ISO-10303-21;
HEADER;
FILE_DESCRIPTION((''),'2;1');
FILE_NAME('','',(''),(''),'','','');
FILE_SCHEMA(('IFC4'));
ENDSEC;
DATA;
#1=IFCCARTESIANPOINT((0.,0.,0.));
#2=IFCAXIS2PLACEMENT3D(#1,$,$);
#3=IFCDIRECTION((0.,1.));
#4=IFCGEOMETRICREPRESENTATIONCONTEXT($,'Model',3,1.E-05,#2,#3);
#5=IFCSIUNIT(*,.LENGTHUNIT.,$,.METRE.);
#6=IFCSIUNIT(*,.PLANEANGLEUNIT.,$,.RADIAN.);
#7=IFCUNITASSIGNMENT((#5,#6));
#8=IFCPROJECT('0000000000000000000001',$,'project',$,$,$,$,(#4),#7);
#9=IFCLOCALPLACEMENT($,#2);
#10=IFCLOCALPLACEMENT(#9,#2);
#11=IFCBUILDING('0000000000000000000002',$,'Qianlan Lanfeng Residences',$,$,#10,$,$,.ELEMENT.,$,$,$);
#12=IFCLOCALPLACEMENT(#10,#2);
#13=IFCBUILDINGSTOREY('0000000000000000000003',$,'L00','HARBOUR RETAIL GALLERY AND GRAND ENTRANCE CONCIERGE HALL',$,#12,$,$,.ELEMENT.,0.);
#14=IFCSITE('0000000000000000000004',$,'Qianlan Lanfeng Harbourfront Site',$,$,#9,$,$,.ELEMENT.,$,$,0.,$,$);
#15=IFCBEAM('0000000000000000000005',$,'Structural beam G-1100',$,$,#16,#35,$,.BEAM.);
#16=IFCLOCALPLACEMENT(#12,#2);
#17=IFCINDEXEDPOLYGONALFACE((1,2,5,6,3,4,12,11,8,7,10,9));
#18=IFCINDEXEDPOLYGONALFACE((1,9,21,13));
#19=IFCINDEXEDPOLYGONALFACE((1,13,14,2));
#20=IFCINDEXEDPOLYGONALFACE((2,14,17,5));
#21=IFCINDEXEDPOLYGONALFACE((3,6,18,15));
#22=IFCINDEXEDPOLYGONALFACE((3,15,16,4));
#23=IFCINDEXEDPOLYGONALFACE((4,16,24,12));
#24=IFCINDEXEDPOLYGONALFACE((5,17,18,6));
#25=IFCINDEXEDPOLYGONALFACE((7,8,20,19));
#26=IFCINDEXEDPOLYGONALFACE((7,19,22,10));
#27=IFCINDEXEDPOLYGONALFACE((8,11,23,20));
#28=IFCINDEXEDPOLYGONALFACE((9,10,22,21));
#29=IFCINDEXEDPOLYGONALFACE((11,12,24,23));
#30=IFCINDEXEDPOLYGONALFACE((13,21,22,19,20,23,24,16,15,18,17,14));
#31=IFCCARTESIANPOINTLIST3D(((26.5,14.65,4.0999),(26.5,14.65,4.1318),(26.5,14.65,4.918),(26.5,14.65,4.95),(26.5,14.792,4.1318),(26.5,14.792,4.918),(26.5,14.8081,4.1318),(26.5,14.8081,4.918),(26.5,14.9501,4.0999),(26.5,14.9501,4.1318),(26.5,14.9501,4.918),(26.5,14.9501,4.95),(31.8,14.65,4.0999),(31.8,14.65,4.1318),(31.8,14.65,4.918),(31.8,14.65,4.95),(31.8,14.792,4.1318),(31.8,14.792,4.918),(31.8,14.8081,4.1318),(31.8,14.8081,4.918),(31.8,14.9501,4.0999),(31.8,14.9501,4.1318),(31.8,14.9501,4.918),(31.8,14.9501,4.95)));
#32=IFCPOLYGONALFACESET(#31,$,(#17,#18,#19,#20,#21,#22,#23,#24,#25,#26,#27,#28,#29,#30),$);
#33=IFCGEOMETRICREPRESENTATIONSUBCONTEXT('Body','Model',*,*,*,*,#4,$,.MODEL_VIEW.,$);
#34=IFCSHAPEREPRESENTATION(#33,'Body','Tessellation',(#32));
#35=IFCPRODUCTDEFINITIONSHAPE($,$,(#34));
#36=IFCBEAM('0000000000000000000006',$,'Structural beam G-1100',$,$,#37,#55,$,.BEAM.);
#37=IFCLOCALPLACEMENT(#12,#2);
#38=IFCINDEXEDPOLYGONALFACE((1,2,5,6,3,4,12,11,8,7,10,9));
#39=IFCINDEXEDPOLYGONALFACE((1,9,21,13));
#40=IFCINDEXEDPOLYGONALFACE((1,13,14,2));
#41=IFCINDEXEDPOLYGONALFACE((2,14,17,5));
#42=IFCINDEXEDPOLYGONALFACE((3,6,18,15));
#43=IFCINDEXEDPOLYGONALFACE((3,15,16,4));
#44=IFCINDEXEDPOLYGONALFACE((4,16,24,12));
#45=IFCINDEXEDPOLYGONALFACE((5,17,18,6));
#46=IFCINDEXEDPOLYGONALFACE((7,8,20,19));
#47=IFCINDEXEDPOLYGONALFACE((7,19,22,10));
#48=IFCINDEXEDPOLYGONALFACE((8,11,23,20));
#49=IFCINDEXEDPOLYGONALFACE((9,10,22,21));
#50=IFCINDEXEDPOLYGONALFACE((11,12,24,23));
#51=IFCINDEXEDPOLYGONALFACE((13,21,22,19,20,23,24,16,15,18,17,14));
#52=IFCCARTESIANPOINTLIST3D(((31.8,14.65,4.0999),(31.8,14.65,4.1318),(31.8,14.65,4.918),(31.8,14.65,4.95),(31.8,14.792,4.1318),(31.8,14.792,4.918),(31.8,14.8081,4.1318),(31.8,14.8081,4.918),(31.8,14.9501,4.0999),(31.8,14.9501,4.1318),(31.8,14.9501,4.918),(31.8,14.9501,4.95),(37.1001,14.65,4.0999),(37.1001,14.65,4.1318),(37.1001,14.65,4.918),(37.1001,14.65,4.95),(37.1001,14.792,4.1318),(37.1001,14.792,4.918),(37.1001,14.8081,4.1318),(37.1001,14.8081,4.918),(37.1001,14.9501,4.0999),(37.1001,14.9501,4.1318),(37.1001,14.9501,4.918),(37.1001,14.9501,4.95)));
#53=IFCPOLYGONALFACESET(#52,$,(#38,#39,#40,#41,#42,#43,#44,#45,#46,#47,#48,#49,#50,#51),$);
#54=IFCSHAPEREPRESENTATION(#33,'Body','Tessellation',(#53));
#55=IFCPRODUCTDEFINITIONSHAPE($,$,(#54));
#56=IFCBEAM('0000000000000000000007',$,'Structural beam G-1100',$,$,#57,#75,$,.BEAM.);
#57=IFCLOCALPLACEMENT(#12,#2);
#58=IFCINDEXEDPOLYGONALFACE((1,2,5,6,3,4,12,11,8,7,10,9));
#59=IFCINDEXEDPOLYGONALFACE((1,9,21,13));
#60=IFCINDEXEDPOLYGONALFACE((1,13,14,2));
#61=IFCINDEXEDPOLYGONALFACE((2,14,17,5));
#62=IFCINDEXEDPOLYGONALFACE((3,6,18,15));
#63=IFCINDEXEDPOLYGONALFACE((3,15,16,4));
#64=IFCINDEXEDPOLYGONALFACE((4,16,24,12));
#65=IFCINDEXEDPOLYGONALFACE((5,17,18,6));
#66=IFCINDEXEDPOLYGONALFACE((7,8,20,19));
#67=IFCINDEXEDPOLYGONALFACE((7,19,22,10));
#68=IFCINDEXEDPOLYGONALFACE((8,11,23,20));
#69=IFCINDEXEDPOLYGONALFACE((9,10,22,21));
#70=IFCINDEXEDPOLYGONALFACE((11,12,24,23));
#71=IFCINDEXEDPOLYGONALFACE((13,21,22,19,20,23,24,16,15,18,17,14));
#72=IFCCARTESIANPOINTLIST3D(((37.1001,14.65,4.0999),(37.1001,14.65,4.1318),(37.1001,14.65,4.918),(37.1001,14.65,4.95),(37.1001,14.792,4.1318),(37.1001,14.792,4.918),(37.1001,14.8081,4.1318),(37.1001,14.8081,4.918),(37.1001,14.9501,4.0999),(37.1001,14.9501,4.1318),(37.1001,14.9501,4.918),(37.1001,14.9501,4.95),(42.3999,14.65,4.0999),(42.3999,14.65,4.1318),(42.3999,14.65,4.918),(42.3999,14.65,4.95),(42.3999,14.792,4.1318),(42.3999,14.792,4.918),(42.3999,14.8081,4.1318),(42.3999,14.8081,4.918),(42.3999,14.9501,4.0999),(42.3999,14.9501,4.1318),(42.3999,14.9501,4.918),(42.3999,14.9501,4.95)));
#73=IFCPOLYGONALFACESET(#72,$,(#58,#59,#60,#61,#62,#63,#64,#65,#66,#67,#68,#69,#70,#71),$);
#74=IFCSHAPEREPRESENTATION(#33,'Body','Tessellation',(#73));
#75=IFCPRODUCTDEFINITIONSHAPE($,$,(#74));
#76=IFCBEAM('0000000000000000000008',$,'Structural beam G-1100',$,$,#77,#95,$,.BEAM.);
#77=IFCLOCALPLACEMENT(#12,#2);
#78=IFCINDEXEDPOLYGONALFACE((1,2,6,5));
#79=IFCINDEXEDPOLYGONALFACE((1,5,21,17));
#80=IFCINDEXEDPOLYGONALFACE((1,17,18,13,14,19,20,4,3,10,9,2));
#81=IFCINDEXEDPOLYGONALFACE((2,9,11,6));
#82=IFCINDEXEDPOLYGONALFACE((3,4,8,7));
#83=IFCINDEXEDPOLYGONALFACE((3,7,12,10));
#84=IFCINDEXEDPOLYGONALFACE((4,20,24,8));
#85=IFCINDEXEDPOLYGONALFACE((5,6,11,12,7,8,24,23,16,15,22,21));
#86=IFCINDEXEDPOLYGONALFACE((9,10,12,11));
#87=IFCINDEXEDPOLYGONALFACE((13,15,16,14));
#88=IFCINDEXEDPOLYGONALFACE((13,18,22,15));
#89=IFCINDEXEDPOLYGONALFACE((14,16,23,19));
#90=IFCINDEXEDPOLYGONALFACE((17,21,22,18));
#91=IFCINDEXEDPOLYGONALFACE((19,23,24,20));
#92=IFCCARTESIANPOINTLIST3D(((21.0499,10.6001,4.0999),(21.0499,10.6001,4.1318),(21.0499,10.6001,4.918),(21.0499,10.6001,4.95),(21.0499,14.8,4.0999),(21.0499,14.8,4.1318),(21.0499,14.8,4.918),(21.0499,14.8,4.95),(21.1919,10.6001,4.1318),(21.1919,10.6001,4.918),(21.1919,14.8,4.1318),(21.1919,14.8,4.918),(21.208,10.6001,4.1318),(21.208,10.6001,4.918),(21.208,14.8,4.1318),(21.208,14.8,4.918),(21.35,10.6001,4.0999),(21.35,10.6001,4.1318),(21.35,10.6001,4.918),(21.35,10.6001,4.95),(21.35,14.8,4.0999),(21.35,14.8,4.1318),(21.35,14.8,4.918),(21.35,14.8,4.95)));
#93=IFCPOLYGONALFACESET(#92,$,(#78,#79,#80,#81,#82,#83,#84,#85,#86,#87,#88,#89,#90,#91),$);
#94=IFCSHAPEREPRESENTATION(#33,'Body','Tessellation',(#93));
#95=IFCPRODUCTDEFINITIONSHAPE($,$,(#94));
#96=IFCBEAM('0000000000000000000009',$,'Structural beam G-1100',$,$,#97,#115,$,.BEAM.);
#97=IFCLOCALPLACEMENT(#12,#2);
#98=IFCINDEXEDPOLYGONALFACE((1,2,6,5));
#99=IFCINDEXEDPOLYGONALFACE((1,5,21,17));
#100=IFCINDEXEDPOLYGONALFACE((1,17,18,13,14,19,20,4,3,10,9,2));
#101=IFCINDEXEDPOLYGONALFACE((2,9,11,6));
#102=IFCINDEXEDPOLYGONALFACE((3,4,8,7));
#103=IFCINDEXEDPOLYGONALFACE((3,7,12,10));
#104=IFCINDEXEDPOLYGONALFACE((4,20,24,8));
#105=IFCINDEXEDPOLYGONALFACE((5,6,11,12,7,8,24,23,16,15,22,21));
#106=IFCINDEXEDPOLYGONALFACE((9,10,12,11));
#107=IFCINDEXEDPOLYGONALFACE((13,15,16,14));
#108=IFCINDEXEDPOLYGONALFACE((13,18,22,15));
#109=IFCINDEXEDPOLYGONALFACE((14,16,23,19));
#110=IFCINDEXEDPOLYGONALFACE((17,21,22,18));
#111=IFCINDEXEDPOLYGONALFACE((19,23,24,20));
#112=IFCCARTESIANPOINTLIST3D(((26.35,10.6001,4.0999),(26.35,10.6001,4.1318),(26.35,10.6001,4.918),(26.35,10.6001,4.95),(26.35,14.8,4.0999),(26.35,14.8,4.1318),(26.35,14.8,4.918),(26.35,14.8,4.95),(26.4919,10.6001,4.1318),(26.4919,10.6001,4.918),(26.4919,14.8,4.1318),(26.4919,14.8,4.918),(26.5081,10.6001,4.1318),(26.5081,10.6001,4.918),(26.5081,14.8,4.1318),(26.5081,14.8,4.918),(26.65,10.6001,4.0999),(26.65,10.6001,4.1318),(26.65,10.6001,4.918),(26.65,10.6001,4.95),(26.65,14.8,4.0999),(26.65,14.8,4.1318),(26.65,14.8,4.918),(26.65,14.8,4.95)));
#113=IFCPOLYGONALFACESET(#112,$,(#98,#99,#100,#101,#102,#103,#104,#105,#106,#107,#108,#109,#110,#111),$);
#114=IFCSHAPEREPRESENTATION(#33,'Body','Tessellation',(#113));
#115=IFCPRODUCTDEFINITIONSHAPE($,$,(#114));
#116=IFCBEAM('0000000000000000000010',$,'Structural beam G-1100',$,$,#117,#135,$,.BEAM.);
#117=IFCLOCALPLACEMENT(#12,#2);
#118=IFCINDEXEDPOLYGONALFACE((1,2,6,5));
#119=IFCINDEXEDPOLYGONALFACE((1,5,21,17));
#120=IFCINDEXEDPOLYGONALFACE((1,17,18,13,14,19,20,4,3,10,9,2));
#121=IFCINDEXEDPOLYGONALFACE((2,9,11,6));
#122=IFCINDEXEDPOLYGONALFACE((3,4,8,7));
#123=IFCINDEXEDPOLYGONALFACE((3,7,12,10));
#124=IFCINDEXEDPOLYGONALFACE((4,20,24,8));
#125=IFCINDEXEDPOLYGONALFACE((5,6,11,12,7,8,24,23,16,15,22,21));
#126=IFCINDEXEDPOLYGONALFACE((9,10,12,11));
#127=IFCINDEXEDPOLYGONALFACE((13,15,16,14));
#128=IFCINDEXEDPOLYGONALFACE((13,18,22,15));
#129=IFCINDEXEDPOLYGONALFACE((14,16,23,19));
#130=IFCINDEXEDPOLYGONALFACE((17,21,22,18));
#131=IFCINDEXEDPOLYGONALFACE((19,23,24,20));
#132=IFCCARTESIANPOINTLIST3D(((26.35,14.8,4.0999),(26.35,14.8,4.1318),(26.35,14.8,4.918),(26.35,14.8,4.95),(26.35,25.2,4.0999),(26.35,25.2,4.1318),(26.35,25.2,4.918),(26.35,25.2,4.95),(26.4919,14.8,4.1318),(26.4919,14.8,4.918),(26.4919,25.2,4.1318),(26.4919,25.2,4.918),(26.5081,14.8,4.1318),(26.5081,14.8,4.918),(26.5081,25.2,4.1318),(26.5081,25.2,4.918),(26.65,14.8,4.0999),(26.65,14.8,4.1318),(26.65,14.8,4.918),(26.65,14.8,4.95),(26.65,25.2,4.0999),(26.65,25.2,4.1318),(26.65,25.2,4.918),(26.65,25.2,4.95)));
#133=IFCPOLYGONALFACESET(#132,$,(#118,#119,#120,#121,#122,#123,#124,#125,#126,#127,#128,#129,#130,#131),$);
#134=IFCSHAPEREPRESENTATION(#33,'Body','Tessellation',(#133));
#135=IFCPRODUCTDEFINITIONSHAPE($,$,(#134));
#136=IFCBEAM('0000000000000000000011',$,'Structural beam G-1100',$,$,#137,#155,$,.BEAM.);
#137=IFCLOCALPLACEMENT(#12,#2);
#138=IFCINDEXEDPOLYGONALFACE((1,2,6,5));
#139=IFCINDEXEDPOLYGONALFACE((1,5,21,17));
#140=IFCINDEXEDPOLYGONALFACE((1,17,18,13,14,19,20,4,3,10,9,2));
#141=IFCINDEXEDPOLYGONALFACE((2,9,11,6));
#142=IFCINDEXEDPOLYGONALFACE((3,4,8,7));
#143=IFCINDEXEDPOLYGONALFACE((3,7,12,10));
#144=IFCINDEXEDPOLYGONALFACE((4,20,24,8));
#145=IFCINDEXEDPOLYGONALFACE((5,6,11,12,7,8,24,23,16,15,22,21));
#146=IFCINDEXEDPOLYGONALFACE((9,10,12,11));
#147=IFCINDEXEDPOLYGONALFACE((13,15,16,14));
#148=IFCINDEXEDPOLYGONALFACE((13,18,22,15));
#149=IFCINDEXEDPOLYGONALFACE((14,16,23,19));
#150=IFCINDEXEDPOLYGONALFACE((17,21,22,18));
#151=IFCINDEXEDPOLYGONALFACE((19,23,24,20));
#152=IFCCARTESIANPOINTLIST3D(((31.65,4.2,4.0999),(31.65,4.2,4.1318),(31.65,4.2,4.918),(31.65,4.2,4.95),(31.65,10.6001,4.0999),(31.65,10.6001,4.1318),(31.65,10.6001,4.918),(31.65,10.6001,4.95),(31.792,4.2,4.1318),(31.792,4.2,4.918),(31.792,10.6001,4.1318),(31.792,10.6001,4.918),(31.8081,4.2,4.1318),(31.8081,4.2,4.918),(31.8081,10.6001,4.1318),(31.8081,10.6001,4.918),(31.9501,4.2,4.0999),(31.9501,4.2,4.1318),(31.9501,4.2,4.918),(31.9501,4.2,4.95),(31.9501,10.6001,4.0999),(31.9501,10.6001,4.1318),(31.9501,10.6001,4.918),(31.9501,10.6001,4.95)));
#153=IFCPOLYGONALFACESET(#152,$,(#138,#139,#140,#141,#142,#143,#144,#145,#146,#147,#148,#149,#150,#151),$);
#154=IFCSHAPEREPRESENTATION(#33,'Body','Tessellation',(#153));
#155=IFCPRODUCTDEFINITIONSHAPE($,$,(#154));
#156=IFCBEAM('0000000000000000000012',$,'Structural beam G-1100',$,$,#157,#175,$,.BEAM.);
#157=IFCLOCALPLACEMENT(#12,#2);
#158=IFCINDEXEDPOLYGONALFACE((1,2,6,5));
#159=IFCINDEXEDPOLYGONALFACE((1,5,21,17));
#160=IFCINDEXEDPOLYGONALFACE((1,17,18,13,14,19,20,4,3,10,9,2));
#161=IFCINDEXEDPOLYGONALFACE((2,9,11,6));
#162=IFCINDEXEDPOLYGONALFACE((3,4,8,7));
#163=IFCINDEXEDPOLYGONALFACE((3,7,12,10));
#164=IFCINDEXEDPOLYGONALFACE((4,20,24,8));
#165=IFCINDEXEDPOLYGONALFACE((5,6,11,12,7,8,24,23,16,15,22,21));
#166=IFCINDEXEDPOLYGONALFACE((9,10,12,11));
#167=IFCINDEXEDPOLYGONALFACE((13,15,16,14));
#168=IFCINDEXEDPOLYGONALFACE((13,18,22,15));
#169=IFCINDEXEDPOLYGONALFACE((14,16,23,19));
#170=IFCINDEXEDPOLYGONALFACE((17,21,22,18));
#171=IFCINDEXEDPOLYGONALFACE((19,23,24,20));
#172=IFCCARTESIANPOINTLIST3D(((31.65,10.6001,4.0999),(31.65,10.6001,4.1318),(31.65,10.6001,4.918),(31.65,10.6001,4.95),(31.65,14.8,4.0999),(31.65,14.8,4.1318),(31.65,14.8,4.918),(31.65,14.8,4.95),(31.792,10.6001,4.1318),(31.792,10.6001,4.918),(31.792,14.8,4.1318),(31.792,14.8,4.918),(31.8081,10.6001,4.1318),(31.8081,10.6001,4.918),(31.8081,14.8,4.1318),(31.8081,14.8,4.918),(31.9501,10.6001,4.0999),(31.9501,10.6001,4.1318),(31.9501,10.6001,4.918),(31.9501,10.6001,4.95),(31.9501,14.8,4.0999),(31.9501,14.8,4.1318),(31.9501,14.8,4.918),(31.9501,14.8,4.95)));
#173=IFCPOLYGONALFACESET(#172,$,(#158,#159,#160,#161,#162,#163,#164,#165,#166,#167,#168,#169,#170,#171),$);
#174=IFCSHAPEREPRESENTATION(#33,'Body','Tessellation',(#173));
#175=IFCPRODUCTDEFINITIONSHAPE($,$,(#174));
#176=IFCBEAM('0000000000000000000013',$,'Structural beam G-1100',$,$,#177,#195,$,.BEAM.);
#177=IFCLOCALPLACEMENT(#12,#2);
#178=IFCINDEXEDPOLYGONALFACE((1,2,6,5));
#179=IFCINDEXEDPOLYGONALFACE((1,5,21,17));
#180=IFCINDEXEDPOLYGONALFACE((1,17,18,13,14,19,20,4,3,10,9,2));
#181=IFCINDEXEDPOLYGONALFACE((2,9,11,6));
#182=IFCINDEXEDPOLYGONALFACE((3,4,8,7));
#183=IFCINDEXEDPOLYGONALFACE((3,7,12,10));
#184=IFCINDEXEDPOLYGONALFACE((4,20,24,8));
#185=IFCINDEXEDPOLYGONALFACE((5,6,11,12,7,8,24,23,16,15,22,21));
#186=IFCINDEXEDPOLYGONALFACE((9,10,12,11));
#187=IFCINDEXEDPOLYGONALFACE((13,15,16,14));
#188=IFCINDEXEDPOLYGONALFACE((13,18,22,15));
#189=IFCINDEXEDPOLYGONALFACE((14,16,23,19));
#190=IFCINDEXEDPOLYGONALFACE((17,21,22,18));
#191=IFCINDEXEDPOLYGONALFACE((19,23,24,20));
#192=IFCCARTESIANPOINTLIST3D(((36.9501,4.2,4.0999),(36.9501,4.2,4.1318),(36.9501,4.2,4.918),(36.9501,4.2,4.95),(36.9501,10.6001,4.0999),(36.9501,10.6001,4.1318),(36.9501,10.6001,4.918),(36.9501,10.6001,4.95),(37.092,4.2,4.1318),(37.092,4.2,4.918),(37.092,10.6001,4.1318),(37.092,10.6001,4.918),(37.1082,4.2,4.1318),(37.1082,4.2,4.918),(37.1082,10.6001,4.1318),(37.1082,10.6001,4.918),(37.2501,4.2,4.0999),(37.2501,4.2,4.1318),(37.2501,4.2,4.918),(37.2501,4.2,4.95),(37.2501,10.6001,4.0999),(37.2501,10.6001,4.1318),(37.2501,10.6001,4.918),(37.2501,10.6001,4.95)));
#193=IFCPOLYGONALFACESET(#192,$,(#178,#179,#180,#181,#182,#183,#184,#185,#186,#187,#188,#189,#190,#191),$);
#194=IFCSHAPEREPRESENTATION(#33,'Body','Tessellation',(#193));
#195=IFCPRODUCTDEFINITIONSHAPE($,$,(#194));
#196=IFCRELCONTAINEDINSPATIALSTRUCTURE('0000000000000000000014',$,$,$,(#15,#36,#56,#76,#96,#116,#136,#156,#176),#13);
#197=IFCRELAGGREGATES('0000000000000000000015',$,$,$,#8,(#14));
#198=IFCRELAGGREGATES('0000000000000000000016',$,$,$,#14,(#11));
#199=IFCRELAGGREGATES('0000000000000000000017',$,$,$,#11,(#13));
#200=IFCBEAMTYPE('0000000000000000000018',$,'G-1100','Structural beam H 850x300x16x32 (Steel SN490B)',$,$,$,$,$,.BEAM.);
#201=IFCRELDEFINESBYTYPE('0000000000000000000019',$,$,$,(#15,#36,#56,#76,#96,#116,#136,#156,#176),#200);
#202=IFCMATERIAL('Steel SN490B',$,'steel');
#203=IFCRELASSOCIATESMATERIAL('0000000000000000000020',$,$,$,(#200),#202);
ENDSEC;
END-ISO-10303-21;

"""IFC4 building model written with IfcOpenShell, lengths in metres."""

from ifc_helpers import new_model, si_unit, direction, frame, origin, origin_2d, place, context, subcontext, project, spatial, i_section, extrude, material, material_profile, profile_set, type_object, element, save


model = new_model("IFC4")

# Units and contexts
model_context = context("Model", 3, precision=1e-05, world=origin(), true_north=direction((0.0, 1.0)))
body_context = subcontext(model_context, "Body", "Model", "MODEL_VIEW")
ifc_project = project(units=[si_unit("LENGTHUNIT", "METRE"), si_unit("PLANEANGLEUNIT", "RADIAN")], contexts=[model_context])

# Site, building, storey
site_placement = place(None, origin())
site = spatial("IfcSite", under=ifc_project, at=site_placement, Name="Qianlan Lanfeng Harbourfront Site", CompositionType="ELEMENT", RefElevation=0.0)
building_placement = place(site_placement, origin())
building = spatial("IfcBuilding", under=site, at=building_placement, Name="Qianlan Lanfeng Residences", CompositionType="ELEMENT")
storey_placement = place(building_placement, origin())
storey = spatial("IfcBuildingStorey", under=building, at=storey_placement, Name="L00", Description="HARBOUR RETAIL GALLERY AND GRAND ENTRANCE CONCIERGE HALL", CompositionType="ELEMENT", Elevation=0.0)

# Beams
ifc_material_1 = material(Name="Steel SN490B", Category="steel")
ifc_material_profile_1 = material_profile(ifc_material_1, i_section(OverallWidth=0.3, OverallDepth=0.8501, WebThickness=0.0161, FlangeThickness=0.032, at=origin_2d()), Name="H 850x300x16x32")
ifc_profile_set_1 = profile_set([ifc_material_profile_1], Name="Steel SN490B")
beam_type_1 = type_object("IfcBeamType", Name="G-1100", Description="Structural beam H 850x300x16x32 (Steel SN490B)", PredefinedType="BEAM", material=ifc_profile_set_1)
for number, where, z_axis, x_axis, name in (
    (1, (26.5, 14.8, 4.5249), (1.0, 0.0, 0.0), (0.0, 1.0, 0.0), "Structural beam G-1100"),
    (2, (31.8, 14.8, 4.5249), (1.0, 0.0, 0.0), (0.0, 1.0, 0.0), "Structural beam G-1100"),
):
    element("IfcBeam", number, at=place(storey_placement, frame(where, z_axis=z_axis, x_axis=x_axis)), inside=storey, type_object=beam_type_1, Name=name, PredefinedType="BEAM", context=body_context, shape_type="SweptSolid", body=[
        extrude(i_section(OverallWidth=0.3, OverallDepth=0.8501, WebThickness=0.0161, FlangeThickness=0.032, at=origin_2d()), origin(), (0.0, 0.0, 1.0), 5.3),
    ])
beam_1_placement = place(storey_placement, frame((37.1001, 14.8, 4.5249), z_axis=(1.0, 0.0, 0.0), x_axis=(0.0, 1.0, 0.0)))
element("IfcBeam", 3, at=beam_1_placement, inside=storey, type_object=beam_type_1, Name="Structural beam G-1100", PredefinedType="BEAM", context=body_context, shape_type="SweptSolid", body=[
    extrude(i_section(OverallWidth=0.3, OverallDepth=0.8501, WebThickness=0.0161, FlangeThickness=0.032, at=origin_2d()), origin(), (0.0, 0.0, 1.0), 5.2998),
])
for number, where, z_axis, x_axis, name in (
    (4, (21.2, 10.6001, 4.5249), (0.0, 1.0, 0.0), (-1.0, 0.0, 0.0), "Structural beam G-1100"),
    (5, (26.5, 10.6001, 4.5249), (0.0, 1.0, 0.0), (-1.0, 0.0, 0.0), "Structural beam G-1100"),
):
    element("IfcBeam", number, at=place(storey_placement, frame(where, z_axis=z_axis, x_axis=x_axis)), inside=storey, type_object=beam_type_1, Name=name, PredefinedType="BEAM", context=body_context, shape_type="SweptSolid", body=[
        extrude(i_section(OverallWidth=0.3, OverallDepth=0.8501, WebThickness=0.0161, FlangeThickness=0.032, at=origin_2d()), origin(), (0.0, 0.0, 1.0), 4.2),
    ])
beam_2_placement = place(storey_placement, frame((26.5, 14.8, 4.5249), z_axis=(0.0, 1.0, 0.0), x_axis=(-1.0, 0.0, 0.0)))
element("IfcBeam", 6, at=beam_2_placement, inside=storey, type_object=beam_type_1, Name="Structural beam G-1100", PredefinedType="BEAM", context=body_context, shape_type="SweptSolid", body=[
    extrude(i_section(OverallWidth=0.3, OverallDepth=0.8501, WebThickness=0.0161, FlangeThickness=0.032, at=origin_2d()), origin(), (0.0, 0.0, 1.0), 10.3999),
])
beam_3_placement = place(storey_placement, frame((31.8, 4.2, 4.5249), z_axis=(0.0, 1.0, 0.0), x_axis=(-1.0, 0.0, 0.0)))
element("IfcBeam", 7, at=beam_3_placement, inside=storey, type_object=beam_type_1, Name="Structural beam G-1100", PredefinedType="BEAM", context=body_context, shape_type="SweptSolid", body=[
    extrude(i_section(OverallWidth=0.3, OverallDepth=0.8501, WebThickness=0.0161, FlangeThickness=0.032, at=origin_2d()), origin(), (0.0, 0.0, 1.0), 6.4001),
])
beam_4_placement = place(storey_placement, frame((31.8, 10.6001, 4.5249), z_axis=(0.0, 1.0, 0.0), x_axis=(-1.0, 0.0, 0.0)))
element("IfcBeam", 8, at=beam_4_placement, inside=storey, type_object=beam_type_1, Name="Structural beam G-1100", PredefinedType="BEAM", context=body_context, shape_type="SweptSolid", body=[
    extrude(i_section(OverallWidth=0.3, OverallDepth=0.8501, WebThickness=0.0161, FlangeThickness=0.032, at=origin_2d()), origin(), (0.0, 0.0, 1.0), 4.2),
])
beam_5_placement = place(storey_placement, frame((37.1001, 4.2, 4.5249), z_axis=(0.0, 1.0, 0.0), x_axis=(-1.0, 0.0, 0.0)))
element("IfcBeam", 9, at=beam_5_placement, inside=storey, type_object=beam_type_1, Name="Structural beam G-1100", PredefinedType="BEAM", context=body_context, shape_type="SweptSolid", body=[
    extrude(i_section(OverallWidth=0.3, OverallDepth=0.8501, WebThickness=0.0161, FlangeThickness=0.032, at=origin_2d()), origin(), (0.0, 0.0, 1.0), 6.4001),
])

save(model, "model.ifc")
